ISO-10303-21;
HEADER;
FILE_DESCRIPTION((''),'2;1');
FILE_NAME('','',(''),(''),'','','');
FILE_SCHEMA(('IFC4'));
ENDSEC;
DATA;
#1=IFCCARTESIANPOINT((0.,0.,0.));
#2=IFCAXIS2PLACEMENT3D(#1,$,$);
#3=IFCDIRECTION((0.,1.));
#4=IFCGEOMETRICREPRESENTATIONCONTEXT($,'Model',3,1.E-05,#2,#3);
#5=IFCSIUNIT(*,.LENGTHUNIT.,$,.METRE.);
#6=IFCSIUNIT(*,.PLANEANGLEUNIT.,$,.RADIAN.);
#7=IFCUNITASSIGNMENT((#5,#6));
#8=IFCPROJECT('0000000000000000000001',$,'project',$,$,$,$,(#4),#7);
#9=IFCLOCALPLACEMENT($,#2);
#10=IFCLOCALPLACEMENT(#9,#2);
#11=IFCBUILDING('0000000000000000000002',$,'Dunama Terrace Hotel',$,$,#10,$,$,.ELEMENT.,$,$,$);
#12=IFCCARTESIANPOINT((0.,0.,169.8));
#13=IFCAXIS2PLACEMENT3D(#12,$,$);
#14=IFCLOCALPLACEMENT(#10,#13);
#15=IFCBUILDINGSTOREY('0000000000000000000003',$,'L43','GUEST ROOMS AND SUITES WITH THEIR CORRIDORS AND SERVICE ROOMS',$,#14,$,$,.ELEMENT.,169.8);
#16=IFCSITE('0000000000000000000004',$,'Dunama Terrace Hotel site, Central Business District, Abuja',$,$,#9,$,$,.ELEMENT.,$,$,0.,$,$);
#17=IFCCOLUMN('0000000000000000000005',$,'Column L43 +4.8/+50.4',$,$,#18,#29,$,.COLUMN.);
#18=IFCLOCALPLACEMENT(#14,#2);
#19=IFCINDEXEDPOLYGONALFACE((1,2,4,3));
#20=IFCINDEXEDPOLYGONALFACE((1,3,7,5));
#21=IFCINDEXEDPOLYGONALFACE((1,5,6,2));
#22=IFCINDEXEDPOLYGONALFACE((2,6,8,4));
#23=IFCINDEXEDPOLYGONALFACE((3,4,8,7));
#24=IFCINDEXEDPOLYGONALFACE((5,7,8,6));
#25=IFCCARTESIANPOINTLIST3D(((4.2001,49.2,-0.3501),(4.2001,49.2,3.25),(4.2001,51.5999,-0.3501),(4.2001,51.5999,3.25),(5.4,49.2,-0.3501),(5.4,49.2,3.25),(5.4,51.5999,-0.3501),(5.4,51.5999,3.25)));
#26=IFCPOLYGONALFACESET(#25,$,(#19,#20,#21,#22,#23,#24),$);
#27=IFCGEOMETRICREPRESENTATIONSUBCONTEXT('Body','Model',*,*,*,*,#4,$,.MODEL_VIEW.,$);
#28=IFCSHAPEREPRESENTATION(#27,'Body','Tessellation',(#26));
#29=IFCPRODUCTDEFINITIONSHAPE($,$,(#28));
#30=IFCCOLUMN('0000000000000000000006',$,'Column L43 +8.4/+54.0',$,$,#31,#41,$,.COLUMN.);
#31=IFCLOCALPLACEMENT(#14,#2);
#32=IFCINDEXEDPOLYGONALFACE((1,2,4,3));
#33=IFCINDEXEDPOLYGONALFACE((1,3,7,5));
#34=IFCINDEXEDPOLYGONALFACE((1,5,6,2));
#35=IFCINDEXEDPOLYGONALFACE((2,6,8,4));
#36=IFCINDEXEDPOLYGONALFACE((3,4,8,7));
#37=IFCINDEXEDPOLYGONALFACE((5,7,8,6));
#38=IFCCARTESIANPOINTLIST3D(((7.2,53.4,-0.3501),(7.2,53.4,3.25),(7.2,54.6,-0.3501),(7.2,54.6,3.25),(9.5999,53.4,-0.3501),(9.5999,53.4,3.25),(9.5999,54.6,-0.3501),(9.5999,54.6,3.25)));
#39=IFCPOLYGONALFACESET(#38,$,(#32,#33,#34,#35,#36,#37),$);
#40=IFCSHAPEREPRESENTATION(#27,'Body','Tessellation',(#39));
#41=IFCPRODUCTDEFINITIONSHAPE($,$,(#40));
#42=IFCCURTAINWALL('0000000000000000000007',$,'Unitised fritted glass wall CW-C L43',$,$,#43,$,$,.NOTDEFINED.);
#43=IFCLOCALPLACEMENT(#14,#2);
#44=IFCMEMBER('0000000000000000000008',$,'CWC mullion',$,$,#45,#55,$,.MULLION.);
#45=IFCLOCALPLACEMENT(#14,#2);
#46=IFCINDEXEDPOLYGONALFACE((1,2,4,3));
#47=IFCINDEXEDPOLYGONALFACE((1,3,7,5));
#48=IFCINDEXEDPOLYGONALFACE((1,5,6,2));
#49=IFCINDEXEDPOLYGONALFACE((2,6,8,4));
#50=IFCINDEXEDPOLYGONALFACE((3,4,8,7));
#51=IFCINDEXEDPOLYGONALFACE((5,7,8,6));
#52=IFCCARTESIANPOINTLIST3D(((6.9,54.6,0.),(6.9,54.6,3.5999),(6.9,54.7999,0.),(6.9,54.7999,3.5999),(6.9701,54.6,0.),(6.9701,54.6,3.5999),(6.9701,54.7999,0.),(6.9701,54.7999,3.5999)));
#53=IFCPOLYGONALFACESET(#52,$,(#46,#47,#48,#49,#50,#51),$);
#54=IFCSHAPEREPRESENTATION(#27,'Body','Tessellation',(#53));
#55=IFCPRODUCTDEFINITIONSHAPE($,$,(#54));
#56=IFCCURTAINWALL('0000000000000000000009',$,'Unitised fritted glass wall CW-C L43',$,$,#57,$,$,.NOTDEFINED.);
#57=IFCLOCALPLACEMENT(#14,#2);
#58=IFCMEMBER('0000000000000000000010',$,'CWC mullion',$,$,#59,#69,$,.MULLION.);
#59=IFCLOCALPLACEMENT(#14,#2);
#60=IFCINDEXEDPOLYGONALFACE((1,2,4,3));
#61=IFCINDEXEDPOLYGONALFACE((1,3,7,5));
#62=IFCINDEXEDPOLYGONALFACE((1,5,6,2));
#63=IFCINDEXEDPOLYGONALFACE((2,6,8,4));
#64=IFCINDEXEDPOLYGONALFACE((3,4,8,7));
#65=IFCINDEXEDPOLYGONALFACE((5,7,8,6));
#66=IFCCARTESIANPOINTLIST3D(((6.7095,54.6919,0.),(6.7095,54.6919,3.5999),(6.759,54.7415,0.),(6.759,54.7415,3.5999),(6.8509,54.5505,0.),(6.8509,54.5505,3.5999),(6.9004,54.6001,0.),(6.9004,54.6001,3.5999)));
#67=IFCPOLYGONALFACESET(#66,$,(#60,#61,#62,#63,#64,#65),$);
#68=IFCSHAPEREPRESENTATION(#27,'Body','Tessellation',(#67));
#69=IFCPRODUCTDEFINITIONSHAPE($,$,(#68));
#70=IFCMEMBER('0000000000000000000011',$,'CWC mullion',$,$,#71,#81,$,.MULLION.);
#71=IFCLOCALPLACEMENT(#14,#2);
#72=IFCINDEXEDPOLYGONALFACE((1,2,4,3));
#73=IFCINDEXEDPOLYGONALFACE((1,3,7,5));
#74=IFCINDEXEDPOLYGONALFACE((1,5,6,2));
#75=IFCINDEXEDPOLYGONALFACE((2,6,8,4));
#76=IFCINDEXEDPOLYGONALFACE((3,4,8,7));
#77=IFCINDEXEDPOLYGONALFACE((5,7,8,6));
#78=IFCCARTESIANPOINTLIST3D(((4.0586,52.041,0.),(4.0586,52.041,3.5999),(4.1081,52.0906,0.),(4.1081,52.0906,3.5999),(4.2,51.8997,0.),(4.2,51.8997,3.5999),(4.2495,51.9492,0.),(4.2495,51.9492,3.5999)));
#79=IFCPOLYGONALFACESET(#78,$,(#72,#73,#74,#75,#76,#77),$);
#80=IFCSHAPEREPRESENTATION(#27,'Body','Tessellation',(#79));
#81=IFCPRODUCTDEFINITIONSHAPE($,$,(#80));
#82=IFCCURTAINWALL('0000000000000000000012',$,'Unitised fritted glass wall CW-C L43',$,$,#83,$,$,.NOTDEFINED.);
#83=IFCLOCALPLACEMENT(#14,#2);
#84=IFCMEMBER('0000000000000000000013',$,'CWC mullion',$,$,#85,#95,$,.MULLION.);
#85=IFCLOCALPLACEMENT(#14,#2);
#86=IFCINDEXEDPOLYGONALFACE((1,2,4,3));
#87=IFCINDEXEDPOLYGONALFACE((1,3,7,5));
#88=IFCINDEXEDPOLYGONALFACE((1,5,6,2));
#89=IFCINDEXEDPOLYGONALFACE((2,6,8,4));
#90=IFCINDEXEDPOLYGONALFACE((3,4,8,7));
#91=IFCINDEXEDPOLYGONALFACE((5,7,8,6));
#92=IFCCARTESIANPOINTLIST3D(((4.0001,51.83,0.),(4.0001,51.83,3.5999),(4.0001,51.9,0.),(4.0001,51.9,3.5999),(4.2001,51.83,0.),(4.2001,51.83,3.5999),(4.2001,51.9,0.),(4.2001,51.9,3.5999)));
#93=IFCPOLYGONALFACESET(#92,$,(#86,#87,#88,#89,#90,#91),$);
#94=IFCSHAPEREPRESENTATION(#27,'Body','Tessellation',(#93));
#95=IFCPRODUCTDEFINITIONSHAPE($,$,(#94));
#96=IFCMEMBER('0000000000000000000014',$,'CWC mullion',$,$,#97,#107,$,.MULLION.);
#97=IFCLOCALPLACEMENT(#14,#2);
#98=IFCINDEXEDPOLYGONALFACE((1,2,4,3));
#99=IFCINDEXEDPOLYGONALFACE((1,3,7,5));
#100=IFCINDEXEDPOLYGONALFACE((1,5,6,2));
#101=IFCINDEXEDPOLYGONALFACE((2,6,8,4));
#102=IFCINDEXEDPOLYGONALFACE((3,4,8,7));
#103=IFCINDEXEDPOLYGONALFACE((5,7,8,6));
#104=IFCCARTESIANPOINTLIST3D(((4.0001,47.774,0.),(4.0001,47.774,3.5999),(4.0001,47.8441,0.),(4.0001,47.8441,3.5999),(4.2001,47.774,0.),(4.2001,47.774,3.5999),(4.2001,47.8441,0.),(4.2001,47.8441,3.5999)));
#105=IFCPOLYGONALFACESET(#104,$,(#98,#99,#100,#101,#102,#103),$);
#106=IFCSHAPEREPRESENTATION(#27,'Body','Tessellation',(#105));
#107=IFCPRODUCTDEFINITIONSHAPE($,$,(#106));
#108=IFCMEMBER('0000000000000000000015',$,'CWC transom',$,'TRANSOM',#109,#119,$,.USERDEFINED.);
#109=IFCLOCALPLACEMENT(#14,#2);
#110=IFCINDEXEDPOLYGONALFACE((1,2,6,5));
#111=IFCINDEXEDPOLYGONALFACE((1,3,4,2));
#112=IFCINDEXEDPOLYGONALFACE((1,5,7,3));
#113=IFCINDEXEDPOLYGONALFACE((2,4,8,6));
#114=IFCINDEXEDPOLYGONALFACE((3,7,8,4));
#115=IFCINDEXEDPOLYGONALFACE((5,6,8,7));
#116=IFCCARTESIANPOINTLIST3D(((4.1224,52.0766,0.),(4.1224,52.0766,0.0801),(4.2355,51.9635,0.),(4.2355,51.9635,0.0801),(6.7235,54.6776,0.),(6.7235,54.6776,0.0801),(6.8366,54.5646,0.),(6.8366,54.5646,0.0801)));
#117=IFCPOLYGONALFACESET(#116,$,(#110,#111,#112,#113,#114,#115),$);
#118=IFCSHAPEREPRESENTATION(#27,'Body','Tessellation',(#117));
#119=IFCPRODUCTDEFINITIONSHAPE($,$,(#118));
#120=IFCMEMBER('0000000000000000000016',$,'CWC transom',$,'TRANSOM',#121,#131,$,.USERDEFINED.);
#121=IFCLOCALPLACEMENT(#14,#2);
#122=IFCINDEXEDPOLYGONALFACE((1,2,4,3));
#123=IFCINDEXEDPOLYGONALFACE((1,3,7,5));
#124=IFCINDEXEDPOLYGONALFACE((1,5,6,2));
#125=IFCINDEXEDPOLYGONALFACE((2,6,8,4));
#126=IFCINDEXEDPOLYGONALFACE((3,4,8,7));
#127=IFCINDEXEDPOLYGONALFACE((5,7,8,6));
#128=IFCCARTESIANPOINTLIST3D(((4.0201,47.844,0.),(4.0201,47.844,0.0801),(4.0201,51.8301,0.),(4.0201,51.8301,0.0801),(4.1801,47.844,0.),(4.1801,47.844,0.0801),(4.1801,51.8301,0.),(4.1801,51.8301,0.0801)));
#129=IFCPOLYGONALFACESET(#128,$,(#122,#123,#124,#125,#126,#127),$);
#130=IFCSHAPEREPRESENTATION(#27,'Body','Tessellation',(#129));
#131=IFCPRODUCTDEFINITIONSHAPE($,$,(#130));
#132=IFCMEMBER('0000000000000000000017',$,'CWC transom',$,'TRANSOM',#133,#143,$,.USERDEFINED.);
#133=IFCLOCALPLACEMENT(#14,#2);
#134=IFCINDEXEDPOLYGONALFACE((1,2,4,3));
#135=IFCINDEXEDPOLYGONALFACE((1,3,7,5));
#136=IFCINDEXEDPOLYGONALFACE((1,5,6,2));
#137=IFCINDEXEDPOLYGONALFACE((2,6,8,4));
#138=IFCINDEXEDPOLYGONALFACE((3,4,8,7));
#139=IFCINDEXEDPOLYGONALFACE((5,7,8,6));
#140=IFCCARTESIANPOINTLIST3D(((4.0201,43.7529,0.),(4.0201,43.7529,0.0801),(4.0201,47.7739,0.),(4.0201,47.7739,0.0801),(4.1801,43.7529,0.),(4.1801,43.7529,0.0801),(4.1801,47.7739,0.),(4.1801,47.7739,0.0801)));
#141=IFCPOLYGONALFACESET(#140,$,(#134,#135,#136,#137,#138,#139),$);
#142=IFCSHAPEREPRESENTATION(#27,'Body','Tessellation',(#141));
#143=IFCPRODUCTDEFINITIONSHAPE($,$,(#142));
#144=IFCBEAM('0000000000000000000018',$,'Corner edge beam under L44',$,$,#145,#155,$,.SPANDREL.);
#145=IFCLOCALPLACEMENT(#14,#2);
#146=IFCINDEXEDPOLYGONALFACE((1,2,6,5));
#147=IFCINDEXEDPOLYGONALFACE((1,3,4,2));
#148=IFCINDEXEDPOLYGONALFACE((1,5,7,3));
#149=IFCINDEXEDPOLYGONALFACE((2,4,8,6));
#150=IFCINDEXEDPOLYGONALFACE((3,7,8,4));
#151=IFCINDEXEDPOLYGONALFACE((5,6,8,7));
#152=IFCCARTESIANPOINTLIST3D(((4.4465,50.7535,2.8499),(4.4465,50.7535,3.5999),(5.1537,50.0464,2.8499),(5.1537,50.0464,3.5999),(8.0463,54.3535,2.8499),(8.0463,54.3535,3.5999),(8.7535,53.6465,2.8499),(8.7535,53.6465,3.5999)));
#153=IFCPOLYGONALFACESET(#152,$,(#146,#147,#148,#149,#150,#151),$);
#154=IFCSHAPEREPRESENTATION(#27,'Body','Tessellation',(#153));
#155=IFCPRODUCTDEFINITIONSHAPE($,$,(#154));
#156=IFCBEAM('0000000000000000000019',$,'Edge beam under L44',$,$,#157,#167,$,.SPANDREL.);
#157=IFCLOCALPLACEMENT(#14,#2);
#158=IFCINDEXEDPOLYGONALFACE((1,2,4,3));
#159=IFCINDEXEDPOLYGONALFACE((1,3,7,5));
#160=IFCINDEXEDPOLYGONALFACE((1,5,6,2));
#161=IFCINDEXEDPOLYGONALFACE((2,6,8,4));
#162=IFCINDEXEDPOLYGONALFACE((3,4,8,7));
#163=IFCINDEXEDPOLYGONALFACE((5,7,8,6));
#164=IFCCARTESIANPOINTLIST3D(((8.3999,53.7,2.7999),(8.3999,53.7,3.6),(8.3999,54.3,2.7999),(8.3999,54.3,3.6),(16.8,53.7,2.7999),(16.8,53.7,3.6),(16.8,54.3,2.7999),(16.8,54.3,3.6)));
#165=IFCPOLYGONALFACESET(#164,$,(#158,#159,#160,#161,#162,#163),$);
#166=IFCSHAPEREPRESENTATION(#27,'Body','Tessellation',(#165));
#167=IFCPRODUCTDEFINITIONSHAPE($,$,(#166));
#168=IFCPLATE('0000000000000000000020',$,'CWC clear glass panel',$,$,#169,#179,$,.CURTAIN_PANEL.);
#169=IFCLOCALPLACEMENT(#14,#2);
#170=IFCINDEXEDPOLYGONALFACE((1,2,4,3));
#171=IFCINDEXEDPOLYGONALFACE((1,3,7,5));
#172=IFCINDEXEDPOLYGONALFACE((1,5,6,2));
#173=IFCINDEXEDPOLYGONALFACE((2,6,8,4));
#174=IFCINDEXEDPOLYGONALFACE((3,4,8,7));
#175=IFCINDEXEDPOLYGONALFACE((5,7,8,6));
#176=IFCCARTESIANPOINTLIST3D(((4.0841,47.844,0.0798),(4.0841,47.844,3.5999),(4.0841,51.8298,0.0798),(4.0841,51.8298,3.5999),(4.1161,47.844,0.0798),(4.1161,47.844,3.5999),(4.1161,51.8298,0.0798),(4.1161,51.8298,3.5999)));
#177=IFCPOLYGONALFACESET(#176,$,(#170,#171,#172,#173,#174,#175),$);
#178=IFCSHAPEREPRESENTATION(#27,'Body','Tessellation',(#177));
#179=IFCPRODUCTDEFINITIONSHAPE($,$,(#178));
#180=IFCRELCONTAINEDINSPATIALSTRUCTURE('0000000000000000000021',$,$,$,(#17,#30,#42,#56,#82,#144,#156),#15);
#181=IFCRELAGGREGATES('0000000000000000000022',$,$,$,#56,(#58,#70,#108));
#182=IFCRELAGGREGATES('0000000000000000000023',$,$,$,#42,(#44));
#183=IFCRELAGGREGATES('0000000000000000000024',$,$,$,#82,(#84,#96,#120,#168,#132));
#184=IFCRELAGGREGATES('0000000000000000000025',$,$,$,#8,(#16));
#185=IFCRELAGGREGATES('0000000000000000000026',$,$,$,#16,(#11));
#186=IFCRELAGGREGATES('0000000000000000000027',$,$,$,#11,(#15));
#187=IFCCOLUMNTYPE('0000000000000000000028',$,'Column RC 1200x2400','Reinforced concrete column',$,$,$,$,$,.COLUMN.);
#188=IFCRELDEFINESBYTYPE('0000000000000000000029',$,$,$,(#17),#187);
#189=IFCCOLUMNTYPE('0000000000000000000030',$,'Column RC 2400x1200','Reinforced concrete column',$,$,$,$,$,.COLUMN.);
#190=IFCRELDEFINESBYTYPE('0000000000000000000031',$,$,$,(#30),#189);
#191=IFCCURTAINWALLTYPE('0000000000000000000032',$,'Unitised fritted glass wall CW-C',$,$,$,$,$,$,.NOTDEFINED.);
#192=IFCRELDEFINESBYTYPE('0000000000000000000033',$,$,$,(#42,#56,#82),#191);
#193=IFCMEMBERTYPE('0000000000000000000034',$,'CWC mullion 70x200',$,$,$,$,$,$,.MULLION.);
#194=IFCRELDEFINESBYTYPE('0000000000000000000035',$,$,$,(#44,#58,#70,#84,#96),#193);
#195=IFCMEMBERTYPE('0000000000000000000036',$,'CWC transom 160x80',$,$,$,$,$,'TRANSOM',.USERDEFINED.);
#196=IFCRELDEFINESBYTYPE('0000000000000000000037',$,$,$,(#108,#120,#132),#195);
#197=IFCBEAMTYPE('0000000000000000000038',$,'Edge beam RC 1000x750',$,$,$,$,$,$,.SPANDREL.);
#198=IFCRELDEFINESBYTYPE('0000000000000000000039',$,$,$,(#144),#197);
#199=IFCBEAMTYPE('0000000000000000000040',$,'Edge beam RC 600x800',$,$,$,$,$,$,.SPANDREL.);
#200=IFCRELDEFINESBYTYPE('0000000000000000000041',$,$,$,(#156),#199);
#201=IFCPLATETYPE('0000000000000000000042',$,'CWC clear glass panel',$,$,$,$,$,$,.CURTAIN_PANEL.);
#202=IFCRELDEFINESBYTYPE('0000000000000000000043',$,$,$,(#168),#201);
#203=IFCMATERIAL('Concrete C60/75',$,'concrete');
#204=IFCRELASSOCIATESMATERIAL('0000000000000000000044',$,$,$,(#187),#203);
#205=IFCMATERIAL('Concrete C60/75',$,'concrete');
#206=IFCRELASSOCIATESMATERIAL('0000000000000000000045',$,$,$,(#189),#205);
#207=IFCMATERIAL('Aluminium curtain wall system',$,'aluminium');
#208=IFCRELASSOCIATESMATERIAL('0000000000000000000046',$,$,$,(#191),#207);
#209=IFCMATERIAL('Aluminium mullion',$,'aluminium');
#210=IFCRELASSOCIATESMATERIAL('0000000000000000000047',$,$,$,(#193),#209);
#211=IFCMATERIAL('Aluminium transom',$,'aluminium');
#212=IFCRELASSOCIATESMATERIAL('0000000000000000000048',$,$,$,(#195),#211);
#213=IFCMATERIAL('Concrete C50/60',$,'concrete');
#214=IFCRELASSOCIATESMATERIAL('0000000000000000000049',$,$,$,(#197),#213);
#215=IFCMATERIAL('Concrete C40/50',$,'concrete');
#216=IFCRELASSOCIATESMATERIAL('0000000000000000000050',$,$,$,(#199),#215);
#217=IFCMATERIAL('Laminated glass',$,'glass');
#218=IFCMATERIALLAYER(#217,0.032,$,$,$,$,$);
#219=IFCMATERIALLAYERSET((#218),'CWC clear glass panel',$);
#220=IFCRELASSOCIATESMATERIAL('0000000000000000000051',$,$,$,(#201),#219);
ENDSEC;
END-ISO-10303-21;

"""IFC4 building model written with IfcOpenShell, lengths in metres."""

from ifc_helpers import new_model, si_unit, direction, frame, origin, origin_2d, place, context, subcontext, project, spatial, rectangle, extrude, material, layer, layer_set, material_profile, profile_set, type_object, element, aggregate, save


model = new_model("IFC4")

# Units and contexts
model_context = context("Model", 3, precision=1e-05, world=origin(), true_north=direction((0.0, 1.0)))
body_context = subcontext(model_context, "Body", "Model", "MODEL_VIEW")
ifc_project = project(units=[si_unit("LENGTHUNIT", "METRE"), si_unit("PLANEANGLEUNIT", "RADIAN")], contexts=[model_context])

# Site, building, storey
site_placement = place(None, origin())
site = spatial("IfcSite", under=ifc_project, at=site_placement, Name="Dunama Terrace Hotel site, Central Business District, Abuja", CompositionType="ELEMENT", RefElevation=0.0)
building_placement = place(site_placement, origin())
building = spatial("IfcBuilding", under=site, at=building_placement, Name="Dunama Terrace Hotel", CompositionType="ELEMENT")
storey_placement = place(building_placement, frame((0.0, 0.0, 169.8)))
storey = spatial("IfcBuildingStorey", under=building, at=storey_placement, Name="L43", Description="GUEST ROOMS AND SUITES WITH THEIR CORRIDORS AND SERVICE ROOMS", CompositionType="ELEMENT", Elevation=169.8)

# Columns
ifc_material_1 = material(Name="Concrete C60/75", Category="concrete")
ifc_material_profile_1 = material_profile(ifc_material_1, rectangle(XDim=1.2, YDim=2.3999, at=origin_2d()), Name="RC 1200x2400")
ifc_profile_set_1 = profile_set([ifc_material_profile_1], Name="Concrete C60/75")
column_type_1 = type_object("IfcColumnType", Name="Column RC 1200x2400", Description="Reinforced concrete column", PredefinedType="COLUMN", material=ifc_profile_set_1)
column_1_placement = place(storey_placement, frame((4.8, 50.3999, -0.3501), z_axis=(0.0, 0.0, 1.0), x_axis=(1.0, 0.0, 0.0)))
element("IfcColumn", 1, at=column_1_placement, inside=storey, type_object=column_type_1, Name="Column L43 +4.8/+50.4", PredefinedType="COLUMN", context=body_context, shape_type="SweptSolid", body=[
    extrude(rectangle(XDim=1.2, YDim=2.3999, at=origin_2d()), origin(), (0.0, 0.0, 1.0), 3.6001),
])
ifc_material_2 = material(Name="Concrete C60/75", Category="concrete")
ifc_material_profile_2 = material_profile(ifc_material_2, rectangle(XDim=2.3999, YDim=1.2, at=origin_2d()), Name="RC 2400x1200")
ifc_profile_set_2 = profile_set([ifc_material_profile_2], Name="Concrete C60/75")
column_type_2 = type_object("IfcColumnType", Name="Column RC 2400x1200", Description="Reinforced concrete column", PredefinedType="COLUMN", material=ifc_profile_set_2)
column_2_placement = place(storey_placement, frame((8.3999, 54.0, -0.3501), z_axis=(0.0, 0.0, 1.0), x_axis=(1.0, 0.0, 0.0)))
element("IfcColumn", 2, at=column_2_placement, inside=storey, type_object=column_type_2, Name="Column L43 +8.4/+54.0", PredefinedType="COLUMN", context=body_context, shape_type="SweptSolid", body=[
    extrude(rectangle(XDim=2.3999, YDim=1.2, at=origin_2d()), origin(), (0.0, 0.0, 1.0), 3.6001),
])

# Curtain wall, member
ifc_material_3 = material(Name="Aluminium curtain wall system", Category="aluminium")
curtain_wall_type = type_object("IfcCurtainWallType", Name="Unitised fritted glass wall CW-C", PredefinedType="NOTDEFINED", material=ifc_material_3)
curtain_wall_1_placement = place(storey_placement, origin())
curtain_wall_1 = element("IfcCurtainWall", 3, at=curtain_wall_1_placement, inside=storey, type_object=curtain_wall_type, Name="Unitised fritted glass wall CW-C L43", PredefinedType="NOTDEFINED")
ifc_material_4 = material(Name="Aluminium mullion", Category="aluminium")
ifc_material_profile_3 = material_profile(ifc_material_4, rectangle(XDim=0.0701, YDim=0.2, at=origin_2d()), Name="CWC MULLION 70X200")
ifc_profile_set_3 = profile_set([ifc_material_profile_3], Name="Aluminium mullion")
member_type_1 = type_object("IfcMemberType", Name="CWC mullion 70x200", PredefinedType="MULLION", material=ifc_profile_set_3)
member_1_placement = place(storey_placement, frame((6.9351, 54.7, 0.0), z_axis=(0.0, 0.0, 1.0), x_axis=(-1.0, 0.0, 0.0)))
member_1 = element("IfcMember", 4, at=member_1_placement, type_object=member_type_1, Name="CWC mullion", PredefinedType="MULLION", context=body_context, shape_type="SweptSolid", body=[
    extrude(rectangle(XDim=0.0701, YDim=0.2, at=origin_2d()), origin(), (0.0, 0.0, 1.0), 3.5999),
])

# Curtain walls, members
curtain_wall_2_placement = place(storey_placement, origin())
curtain_wall_2 = element("IfcCurtainWall", 5, at=curtain_wall_2_placement, inside=storey, type_object=curtain_wall_type, Name="Unitised fritted glass wall CW-C L43", PredefinedType="NOTDEFINED")
member_2_placement = place(storey_placement, frame((6.8049, 54.646, 0.0), z_axis=(0.0, 0.0, 1.0), x_axis=(-0.707107, -0.707107, 0.0)))
member_2 = element("IfcMember", 6, at=member_2_placement, type_object=member_type_1, Name="CWC mullion", PredefinedType="MULLION", context=body_context, shape_type="SweptSolid", body=[
    extrude(rectangle(XDim=0.0701, YDim=0.2, at=origin_2d()), origin(), (0.0, 0.0, 1.0), 3.5999),
])
member_3_placement = place(storey_placement, frame((4.1541, 51.9951, 0.0), z_axis=(0.0, 0.0, 1.0), x_axis=(-0.707107, -0.707107, 0.0)))
member_3 = element("IfcMember", 7, at=member_3_placement, type_object=member_type_1, Name="CWC mullion", PredefinedType="MULLION", context=body_context, shape_type="SweptSolid", body=[
    extrude(rectangle(XDim=0.0701, YDim=0.2, at=origin_2d()), origin(), (0.0, 0.0, 1.0), 3.5999),
])
curtain_wall_3_placement = place(storey_placement, origin())
curtain_wall_3 = element("IfcCurtainWall", 8, at=curtain_wall_3_placement, inside=storey, type_object=curtain_wall_type, Name="Unitised fritted glass wall CW-C L43", PredefinedType="NOTDEFINED")
member_4_placement = place(storey_placement, frame((4.1001, 51.865, 0.0), z_axis=(0.0, 0.0, 1.0), x_axis=(0.0, -1.0, 0.0)))
member_4 = element("IfcMember", 9, at=member_4_placement, type_object=member_type_1, Name="CWC mullion", PredefinedType="MULLION", context=body_context, shape_type="SweptSolid", body=[
    extrude(rectangle(XDim=0.0701, YDim=0.2, at=origin_2d()), origin(), (0.0, 0.0, 1.0), 3.5999),
])
member_5_placement = place(storey_placement, frame((4.1001, 47.8091, 0.0), z_axis=(0.0, 0.0, 1.0), x_axis=(0.0, -1.0, 0.0)))
member_5 = element("IfcMember", 10, at=member_5_placement, type_object=member_type_1, Name="CWC mullion", PredefinedType="MULLION", context=body_context, shape_type="SweptSolid", body=[
    extrude(rectangle(XDim=0.0701, YDim=0.2, at=origin_2d()), origin(), (0.0, 0.0, 1.0), 3.5999),
])

# Members
ifc_material_5 = material(Name="Aluminium transom", Category="aluminium")
ifc_material_profile_4 = material_profile(ifc_material_5, rectangle(XDim=0.1599, YDim=0.0801, at=origin_2d()), Name="CWC TRANSOM 160X80")
ifc_profile_set_4 = profile_set([ifc_material_profile_4], Name="Aluminium transom")
member_type_2 = type_object("IfcMemberType", Name="CWC transom 160x80", ElementType="TRANSOM", PredefinedType="USERDEFINED", material=ifc_profile_set_4)
member_6_placement = place(storey_placement, frame((6.78, 54.6211, 0.04), z_axis=(-0.707107, -0.707107, 0.0), x_axis=(0.707107, -0.707107, 0.0)))
member_6 = element("IfcMember", 11, at=member_6_placement, type_object=member_type_2, Name="CWC transom", ObjectType="TRANSOM", PredefinedType="USERDEFINED", context=body_context, shape_type="SweptSolid", body=[
    extrude(rectangle(XDim=0.1599, YDim=0.0801, at=origin_2d()), origin(), (0.0, 0.0, 1.0), 3.6785),
])
member_7_placement = place(storey_placement, frame((4.1001, 51.8301, 0.04), z_axis=(0.0, -1.0, 0.0), x_axis=(1.0, 0.0, 0.0)))
member_7 = element("IfcMember", 12, at=member_7_placement, type_object=member_type_2, Name="CWC transom", ObjectType="TRANSOM", PredefinedType="USERDEFINED", context=body_context, shape_type="SweptSolid", body=[
    extrude(rectangle(XDim=0.1599, YDim=0.0801, at=origin_2d()), origin(), (0.0, 0.0, 1.0), 3.9861),
])
member_8_placement = place(storey_placement, frame((4.1001, 47.7739, 0.04), z_axis=(0.0, -1.0, 0.0), x_axis=(1.0, 0.0, 0.0)))
member_8 = element("IfcMember", 13, at=member_8_placement, type_object=member_type_2, Name="CWC transom", ObjectType="TRANSOM", PredefinedType="USERDEFINED", context=body_context, shape_type="SweptSolid", body=[
    extrude(rectangle(XDim=0.1599, YDim=0.0801, at=origin_2d()), origin(), (0.0, 0.0, 1.0), 4.021),
])

# Beams
ifc_material_6 = material(Name="Concrete C50/60", Category="concrete")
ifc_material_profile_5 = material_profile(ifc_material_6, rectangle(XDim=1.0, YDim=0.75, at=origin_2d()), Name="RC 1000x750")
ifc_profile_set_5 = profile_set([ifc_material_profile_5], Name="Concrete C50/60")
beam_type_1 = type_object("IfcBeamType", Name="Edge beam RC 1000x750", PredefinedType="SPANDREL", material=ifc_profile_set_5)
beam_1_placement = place(storey_placement, frame((8.3999, 54.0, 3.2249), z_axis=(-0.707083, -0.707131, 0.0), x_axis=(0.707131, -0.707083, 0.0)))
element("IfcBeam", 14, at=beam_1_placement, inside=storey, type_object=beam_type_1, Name="Corner edge beam under L44", PredefinedType="SPANDREL", context=body_context, shape_type="SweptSolid", body=[
    extrude(rectangle(XDim=1.0, YDim=0.75, at=origin_2d()), origin(), (0.0, 0.0, 1.0), 5.0911),
])
ifc_material_7 = material(Name="Concrete C40/50", Category="concrete")
ifc_material_profile_6 = material_profile(ifc_material_7, rectangle(XDim=0.6001, YDim=0.8, at=origin_2d()), Name="RC 600x800")
ifc_profile_set_6 = profile_set([ifc_material_profile_6], Name="Concrete C40/50")
beam_type_2 = type_object("IfcBeamType", Name="Edge beam RC 600x800", PredefinedType="SPANDREL", material=ifc_profile_set_6)
beam_2_placement = place(storey_placement, frame((8.3999, 54.0, 3.2), z_axis=(1.0, 0.0, 0.0), x_axis=(0.0, 1.0, 0.0)))
element("IfcBeam", 15, at=beam_2_placement, inside=storey, type_object=beam_type_2, Name="Edge beam under L44", PredefinedType="SPANDREL", context=body_context, shape_type="SweptSolid", body=[
    extrude(rectangle(XDim=0.6001, YDim=0.8, at=origin_2d()), origin(), (0.0, 0.0, 1.0), 8.4001),
])

# Plate
ifc_material_8 = material(Name="Laminated glass", Category="glass")
ifc_layer_1 = layer(ifc_material_8, 0.032)
ifc_layer_set_1 = layer_set([ifc_layer_1], Name="CWC clear glass panel")
plate_type_1 = type_object("IfcPlateType", Name="CWC clear glass panel", PredefinedType="CURTAIN_PANEL", material=ifc_layer_set_1)
plate_1_placement = place(storey_placement, frame((4.1001, 49.8369, 0.0798), z_axis=(0.0, 0.0, 1.0), x_axis=(0.0, -1.0, 0.0)))
plate_1 = element("IfcPlate", 16, at=plate_1_placement, type_object=plate_type_1, Name="CWC clear glass panel", PredefinedType="CURTAIN_PANEL", context=body_context, shape_type="SweptSolid", body=[
    extrude(rectangle(XDim=3.9858, YDim=0.032, at=origin_2d()), origin(), (0.0, 0.0, 1.0), 3.52),
])
aggregate(curtain_wall_2, [member_2, member_3, member_6])
aggregate(curtain_wall_1, [member_1])
aggregate(curtain_wall_3, [member_4, member_5, member_7, plate_1, member_8])

save(model, "model.ifc")
